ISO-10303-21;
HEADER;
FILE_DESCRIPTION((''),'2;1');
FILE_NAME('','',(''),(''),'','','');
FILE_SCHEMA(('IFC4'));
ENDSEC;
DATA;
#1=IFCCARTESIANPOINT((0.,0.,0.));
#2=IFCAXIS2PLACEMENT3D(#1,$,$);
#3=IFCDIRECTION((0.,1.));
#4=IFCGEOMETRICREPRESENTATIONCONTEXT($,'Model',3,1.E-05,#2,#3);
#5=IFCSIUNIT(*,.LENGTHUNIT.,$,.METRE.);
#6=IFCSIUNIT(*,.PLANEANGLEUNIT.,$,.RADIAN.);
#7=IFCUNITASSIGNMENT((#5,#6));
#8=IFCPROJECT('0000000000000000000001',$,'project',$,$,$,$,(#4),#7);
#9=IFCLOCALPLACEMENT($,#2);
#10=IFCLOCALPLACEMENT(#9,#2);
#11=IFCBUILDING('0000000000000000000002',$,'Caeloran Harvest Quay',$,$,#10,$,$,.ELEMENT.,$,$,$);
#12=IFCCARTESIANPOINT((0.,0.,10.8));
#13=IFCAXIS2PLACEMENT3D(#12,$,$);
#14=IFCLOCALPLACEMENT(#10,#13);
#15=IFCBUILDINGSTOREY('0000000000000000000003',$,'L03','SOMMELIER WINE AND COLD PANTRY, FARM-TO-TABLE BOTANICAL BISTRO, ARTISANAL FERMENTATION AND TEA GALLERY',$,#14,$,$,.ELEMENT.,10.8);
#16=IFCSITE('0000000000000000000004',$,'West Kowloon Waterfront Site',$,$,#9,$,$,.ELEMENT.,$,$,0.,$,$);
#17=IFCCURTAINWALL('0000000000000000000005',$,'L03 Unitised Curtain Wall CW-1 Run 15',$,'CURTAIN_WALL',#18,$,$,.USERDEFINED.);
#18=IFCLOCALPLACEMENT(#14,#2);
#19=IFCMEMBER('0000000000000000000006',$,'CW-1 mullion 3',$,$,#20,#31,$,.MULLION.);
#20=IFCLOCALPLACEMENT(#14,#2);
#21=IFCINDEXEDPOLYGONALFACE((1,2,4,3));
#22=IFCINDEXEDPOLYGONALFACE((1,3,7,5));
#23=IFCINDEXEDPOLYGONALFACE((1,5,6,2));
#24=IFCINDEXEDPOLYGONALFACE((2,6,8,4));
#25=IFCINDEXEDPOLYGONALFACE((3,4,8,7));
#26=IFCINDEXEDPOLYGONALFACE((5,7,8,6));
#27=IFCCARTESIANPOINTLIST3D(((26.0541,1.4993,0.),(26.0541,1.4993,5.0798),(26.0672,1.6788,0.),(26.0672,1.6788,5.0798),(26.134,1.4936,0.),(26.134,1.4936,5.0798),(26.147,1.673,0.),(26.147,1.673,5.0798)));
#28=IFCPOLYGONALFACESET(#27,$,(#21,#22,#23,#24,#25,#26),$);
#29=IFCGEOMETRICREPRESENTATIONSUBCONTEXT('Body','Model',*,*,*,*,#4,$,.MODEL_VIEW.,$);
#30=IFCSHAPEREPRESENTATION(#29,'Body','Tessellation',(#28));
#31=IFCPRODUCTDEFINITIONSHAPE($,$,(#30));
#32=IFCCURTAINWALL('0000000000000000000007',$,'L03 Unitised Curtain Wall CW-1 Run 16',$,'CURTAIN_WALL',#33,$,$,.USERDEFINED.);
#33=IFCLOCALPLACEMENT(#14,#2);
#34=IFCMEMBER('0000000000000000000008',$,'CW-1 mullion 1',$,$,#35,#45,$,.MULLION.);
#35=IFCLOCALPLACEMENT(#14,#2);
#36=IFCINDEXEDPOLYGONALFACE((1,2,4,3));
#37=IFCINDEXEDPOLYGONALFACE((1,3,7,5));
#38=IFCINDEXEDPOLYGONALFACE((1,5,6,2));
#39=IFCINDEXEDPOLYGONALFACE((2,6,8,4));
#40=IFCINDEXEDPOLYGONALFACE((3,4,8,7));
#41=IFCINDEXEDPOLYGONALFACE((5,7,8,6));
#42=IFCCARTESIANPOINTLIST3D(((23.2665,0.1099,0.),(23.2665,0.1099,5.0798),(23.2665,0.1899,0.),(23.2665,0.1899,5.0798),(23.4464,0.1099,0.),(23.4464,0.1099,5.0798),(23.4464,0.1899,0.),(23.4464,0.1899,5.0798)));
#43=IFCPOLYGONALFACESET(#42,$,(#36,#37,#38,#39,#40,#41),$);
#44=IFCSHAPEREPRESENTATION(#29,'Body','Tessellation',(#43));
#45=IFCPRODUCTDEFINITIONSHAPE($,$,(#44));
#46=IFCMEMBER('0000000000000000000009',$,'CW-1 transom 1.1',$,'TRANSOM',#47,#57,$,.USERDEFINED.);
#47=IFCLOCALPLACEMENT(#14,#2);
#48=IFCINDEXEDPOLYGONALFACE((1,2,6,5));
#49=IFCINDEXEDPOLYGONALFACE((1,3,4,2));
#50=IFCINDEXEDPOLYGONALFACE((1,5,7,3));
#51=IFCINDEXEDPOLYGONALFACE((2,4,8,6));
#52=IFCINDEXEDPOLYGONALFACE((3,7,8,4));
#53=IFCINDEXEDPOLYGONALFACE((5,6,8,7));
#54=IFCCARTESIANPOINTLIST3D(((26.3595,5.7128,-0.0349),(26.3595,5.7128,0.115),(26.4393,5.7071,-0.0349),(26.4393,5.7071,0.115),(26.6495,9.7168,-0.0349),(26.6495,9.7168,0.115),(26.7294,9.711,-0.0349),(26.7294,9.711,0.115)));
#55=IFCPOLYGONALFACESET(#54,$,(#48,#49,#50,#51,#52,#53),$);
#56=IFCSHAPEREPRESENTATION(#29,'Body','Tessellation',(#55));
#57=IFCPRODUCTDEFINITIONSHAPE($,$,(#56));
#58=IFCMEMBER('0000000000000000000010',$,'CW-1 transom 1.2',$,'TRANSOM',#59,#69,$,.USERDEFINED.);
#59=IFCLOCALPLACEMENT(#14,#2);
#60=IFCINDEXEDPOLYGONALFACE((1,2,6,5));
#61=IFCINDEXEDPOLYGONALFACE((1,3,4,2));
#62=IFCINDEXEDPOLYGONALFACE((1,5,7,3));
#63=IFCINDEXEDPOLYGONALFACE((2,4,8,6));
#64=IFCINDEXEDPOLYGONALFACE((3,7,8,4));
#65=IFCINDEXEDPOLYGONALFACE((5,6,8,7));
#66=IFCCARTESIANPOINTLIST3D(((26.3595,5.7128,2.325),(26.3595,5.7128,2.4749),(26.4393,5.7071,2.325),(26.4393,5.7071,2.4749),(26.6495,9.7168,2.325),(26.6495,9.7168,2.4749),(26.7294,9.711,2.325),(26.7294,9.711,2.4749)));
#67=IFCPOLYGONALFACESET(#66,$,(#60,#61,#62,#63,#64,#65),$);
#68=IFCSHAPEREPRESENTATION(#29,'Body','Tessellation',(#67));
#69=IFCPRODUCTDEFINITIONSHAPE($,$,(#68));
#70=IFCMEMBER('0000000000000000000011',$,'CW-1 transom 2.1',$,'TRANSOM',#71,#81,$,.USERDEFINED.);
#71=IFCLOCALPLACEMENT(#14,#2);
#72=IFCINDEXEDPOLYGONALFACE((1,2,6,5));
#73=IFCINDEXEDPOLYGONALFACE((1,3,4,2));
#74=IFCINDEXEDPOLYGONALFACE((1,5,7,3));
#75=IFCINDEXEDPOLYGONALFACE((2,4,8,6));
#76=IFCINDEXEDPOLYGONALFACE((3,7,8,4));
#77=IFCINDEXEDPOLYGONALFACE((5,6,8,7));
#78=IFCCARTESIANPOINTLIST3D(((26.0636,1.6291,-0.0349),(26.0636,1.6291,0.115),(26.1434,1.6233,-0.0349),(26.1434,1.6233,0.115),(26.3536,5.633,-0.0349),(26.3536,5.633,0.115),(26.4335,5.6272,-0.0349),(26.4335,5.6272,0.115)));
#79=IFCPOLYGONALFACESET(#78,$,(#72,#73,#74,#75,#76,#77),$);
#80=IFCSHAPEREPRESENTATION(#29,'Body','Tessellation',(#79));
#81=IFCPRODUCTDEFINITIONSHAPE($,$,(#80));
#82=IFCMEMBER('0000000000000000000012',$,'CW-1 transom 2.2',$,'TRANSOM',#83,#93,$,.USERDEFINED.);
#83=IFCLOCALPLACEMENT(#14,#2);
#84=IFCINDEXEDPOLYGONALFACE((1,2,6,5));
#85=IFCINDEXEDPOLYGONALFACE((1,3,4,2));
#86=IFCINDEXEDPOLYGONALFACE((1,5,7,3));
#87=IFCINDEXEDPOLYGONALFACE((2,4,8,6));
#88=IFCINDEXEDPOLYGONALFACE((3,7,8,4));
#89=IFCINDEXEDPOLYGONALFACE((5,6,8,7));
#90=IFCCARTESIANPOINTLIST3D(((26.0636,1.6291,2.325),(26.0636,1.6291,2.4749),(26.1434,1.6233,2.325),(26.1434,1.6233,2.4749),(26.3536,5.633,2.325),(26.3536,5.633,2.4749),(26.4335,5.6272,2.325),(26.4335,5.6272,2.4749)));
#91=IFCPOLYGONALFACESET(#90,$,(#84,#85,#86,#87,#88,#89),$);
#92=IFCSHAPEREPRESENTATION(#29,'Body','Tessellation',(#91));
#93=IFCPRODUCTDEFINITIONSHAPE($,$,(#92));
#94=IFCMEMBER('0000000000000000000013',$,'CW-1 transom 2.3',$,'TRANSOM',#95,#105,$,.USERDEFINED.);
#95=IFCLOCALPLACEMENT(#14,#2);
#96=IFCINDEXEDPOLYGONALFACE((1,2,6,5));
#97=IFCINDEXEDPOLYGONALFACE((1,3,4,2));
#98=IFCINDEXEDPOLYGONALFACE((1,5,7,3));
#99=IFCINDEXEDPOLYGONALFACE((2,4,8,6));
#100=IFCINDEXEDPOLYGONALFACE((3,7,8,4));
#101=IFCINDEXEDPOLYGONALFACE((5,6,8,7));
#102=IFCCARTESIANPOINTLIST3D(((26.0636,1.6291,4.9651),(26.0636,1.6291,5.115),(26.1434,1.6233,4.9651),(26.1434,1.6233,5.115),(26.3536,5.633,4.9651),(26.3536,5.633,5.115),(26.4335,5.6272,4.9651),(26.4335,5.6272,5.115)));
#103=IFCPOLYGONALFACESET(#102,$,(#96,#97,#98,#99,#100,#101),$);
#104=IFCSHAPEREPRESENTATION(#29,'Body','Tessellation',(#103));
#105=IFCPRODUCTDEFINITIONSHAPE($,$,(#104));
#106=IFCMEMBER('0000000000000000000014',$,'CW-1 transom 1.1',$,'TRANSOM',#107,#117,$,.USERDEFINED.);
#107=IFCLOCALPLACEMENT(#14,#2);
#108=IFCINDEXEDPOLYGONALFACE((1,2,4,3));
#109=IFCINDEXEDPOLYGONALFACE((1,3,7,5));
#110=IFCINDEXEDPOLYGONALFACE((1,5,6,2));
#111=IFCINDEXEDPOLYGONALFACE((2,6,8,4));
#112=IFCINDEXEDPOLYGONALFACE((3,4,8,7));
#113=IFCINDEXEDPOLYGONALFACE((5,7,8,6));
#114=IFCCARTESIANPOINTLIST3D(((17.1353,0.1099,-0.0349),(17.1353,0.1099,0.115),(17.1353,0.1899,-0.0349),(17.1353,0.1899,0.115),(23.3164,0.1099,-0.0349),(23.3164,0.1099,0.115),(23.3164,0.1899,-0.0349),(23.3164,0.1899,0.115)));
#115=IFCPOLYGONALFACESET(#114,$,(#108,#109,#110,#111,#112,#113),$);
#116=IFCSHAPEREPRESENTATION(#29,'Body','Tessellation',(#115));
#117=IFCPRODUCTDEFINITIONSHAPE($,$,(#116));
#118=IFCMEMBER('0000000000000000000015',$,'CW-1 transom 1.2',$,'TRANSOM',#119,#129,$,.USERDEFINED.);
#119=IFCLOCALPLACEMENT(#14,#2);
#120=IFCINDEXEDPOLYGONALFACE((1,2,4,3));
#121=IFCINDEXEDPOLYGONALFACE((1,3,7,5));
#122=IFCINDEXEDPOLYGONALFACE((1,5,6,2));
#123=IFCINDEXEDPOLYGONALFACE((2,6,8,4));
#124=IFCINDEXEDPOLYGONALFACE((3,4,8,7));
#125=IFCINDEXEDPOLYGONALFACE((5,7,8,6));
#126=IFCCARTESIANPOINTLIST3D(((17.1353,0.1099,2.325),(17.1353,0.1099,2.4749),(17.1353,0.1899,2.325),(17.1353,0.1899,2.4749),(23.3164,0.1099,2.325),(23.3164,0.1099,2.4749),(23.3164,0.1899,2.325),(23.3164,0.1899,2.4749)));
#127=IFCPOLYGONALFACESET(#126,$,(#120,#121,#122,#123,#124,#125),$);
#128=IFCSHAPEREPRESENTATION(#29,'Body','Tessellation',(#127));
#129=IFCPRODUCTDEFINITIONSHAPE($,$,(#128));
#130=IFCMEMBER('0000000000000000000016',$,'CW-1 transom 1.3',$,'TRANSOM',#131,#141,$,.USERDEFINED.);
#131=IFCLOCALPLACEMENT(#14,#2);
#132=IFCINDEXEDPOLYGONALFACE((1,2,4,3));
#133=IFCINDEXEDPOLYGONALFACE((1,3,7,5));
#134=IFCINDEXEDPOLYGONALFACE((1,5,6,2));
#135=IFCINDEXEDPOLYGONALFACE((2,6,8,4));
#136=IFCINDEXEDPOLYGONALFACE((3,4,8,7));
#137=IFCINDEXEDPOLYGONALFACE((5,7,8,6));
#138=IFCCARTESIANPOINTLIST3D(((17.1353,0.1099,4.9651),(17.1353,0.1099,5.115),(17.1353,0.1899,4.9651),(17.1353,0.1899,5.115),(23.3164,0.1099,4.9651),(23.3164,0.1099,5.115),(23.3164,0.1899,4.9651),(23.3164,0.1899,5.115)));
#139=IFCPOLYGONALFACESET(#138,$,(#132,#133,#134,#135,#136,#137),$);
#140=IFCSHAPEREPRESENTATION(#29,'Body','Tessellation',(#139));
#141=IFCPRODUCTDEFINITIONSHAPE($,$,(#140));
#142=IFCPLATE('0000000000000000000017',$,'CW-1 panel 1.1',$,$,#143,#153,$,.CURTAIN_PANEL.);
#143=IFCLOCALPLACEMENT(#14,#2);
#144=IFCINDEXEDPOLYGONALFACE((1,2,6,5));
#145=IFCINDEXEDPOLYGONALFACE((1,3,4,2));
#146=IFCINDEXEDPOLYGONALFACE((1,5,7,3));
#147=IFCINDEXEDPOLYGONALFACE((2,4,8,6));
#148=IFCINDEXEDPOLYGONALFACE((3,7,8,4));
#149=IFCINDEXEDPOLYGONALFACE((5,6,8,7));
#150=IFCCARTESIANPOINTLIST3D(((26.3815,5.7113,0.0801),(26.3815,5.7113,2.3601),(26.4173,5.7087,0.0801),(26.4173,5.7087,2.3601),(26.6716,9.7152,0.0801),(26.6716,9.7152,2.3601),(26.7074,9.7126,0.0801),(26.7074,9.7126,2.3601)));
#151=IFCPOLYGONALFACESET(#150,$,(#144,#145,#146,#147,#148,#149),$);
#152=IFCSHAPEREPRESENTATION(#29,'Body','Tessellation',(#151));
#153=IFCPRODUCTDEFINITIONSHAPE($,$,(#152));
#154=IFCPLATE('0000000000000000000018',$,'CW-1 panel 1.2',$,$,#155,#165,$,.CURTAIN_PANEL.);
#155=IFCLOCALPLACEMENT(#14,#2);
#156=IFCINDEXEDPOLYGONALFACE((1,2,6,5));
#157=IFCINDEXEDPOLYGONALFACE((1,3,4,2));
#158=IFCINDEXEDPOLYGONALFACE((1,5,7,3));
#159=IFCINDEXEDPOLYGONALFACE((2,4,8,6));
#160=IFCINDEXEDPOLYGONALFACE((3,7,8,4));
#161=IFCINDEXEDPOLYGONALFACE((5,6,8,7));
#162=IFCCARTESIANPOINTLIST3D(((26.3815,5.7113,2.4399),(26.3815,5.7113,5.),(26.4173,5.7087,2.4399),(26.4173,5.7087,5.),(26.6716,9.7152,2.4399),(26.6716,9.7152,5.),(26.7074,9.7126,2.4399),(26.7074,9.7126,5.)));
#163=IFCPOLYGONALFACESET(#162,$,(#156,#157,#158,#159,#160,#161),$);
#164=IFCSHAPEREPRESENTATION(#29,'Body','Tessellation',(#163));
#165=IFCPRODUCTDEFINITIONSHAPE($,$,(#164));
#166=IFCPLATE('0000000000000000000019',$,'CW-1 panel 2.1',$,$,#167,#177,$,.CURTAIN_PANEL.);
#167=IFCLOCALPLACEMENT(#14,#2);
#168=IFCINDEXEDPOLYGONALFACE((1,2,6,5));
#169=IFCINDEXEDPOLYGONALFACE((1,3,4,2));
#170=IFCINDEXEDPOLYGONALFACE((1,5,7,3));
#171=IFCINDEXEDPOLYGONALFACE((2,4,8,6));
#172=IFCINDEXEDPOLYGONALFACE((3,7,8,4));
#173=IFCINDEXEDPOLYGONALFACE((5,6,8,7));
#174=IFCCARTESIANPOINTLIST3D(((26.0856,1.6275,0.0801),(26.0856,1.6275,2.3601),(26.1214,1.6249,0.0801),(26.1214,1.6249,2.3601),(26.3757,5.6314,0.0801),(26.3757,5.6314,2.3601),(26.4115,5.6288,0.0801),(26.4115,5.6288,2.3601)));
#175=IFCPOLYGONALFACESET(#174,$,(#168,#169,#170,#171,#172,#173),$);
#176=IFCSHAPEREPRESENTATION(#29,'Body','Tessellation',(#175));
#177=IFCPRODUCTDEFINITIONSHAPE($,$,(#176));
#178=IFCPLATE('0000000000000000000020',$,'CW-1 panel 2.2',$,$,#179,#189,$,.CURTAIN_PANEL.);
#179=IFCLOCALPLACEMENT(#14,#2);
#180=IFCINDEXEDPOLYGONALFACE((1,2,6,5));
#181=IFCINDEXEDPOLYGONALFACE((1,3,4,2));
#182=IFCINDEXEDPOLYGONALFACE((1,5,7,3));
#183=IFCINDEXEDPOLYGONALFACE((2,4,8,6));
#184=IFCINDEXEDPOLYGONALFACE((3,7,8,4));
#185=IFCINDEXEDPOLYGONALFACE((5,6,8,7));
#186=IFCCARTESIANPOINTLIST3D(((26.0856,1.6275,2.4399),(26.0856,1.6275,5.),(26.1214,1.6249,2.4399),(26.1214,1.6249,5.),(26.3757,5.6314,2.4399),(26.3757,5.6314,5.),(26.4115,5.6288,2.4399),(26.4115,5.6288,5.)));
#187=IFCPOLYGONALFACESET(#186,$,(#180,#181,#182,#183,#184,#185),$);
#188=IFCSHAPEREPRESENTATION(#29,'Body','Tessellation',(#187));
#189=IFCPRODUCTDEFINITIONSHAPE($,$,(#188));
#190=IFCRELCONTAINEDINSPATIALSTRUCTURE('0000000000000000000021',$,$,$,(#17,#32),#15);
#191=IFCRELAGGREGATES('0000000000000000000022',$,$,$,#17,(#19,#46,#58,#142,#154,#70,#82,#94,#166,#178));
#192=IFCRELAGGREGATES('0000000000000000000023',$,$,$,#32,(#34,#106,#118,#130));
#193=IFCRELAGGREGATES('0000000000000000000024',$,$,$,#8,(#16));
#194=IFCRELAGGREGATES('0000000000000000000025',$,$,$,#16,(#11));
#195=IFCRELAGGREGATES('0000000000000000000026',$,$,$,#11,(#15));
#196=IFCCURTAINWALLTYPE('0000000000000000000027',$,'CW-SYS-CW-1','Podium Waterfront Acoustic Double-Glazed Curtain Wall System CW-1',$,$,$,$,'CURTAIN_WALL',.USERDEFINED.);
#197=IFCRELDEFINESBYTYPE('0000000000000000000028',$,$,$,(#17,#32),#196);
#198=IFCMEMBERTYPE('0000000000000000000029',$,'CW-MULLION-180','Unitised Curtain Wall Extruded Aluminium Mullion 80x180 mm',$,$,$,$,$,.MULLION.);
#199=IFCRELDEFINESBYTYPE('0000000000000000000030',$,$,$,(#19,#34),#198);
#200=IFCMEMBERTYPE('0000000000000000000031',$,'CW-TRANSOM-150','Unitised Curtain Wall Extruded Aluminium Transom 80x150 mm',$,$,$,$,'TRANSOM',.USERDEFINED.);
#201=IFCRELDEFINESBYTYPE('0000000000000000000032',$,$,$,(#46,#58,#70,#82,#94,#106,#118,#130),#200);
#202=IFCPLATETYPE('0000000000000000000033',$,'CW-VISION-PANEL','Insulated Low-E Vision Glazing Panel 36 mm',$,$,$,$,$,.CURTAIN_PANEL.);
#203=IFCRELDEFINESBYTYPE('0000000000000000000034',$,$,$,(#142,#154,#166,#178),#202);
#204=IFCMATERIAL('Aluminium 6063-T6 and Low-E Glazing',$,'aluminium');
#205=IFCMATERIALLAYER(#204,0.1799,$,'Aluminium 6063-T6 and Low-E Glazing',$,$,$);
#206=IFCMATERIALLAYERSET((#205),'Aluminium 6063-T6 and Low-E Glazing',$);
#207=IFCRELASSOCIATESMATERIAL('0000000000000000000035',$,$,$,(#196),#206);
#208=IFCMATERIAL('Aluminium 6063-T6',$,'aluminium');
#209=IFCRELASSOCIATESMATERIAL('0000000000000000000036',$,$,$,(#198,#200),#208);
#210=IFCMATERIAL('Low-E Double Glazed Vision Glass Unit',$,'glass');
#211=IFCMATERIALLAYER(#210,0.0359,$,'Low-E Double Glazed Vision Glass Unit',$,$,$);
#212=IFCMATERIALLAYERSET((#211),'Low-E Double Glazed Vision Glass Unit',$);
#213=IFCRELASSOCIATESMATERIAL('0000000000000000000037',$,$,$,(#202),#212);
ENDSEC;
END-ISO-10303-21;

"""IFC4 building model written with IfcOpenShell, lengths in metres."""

from ifc_helpers import new_model, si_unit, direction, frame, origin, origin_2d, place, context, subcontext, project, spatial, rectangle, extrude, material, layer, layer_set, material_profile, profile_set, type_object, element, aggregate, save


model = new_model("IFC4")

# Units and contexts
model_context = context("Model", 3, precision=1e-05, world=origin(), true_north=direction((0.0, 1.0)))
body_context = subcontext(model_context, "Body", "Model", "MODEL_VIEW")
ifc_project = project(units=[si_unit("LENGTHUNIT", "METRE"), si_unit("PLANEANGLEUNIT", "RADIAN")], contexts=[model_context])

# Site, building, storey
site_placement = place(None, origin())
site = spatial("IfcSite", under=ifc_project, at=site_placement, Name="West Kowloon Waterfront Site", CompositionType="ELEMENT", RefElevation=0.0)
building_placement = place(site_placement, origin())
building = spatial("IfcBuilding", under=site, at=building_placement, Name="Caeloran Harvest Quay", CompositionType="ELEMENT")
storey_placement = place(building_placement, frame((0.0, 0.0, 10.8)))
storey = spatial("IfcBuildingStorey", under=building, at=storey_placement, Name="L03", Description="SOMMELIER WINE AND COLD PANTRY, FARM-TO-TABLE BOTANICAL BISTRO, ARTISANAL FERMENTATION AND TEA GALLERY", CompositionType="ELEMENT", Elevation=10.8)

# Curtain wall, member
ifc_material_1 = material(Name="Aluminium 6063-T6 and Low-E Glazing", Category="aluminium")
ifc_layer_1 = layer(ifc_material_1, 0.1799, Name="Aluminium 6063-T6 and Low-E Glazing")
ifc_layer_set_1 = layer_set([ifc_layer_1], Name="Aluminium 6063-T6 and Low-E Glazing")
curtain_wall_type = type_object("IfcCurtainWallType", Name="CW-SYS-CW-1", Description="Podium Waterfront Acoustic Double-Glazed Curtain Wall System CW-1", ElementType="CURTAIN_WALL", PredefinedType="USERDEFINED", material=ifc_layer_set_1)
curtain_wall_1_placement = place(storey_placement, origin())
curtain_wall_1 = element("IfcCurtainWall", 1, at=curtain_wall_1_placement, inside=storey, type_object=curtain_wall_type, Name="L03 Unitised Curtain Wall CW-1 Run 15", ObjectType="CURTAIN_WALL", PredefinedType="USERDEFINED")
ifc_material_2 = material(Name="Aluminium 6063-T6", Category="aluminium")
ifc_material_profile_1 = material_profile(ifc_material_2, rectangle(XDim=0.0801, YDim=0.1799, at=origin_2d()), Name="CW-MULLION-180")
ifc_profile_set_1 = profile_set([ifc_material_profile_1], Name="Aluminium 6063-T6")
member_type_1 = type_object("IfcMemberType", Name="CW-MULLION-180", Description="Unitised Curtain Wall Extruded Aluminium Mullion 80x180 mm", PredefinedType="MULLION", material=ifc_profile_set_1)
member_1_placement = place(storey_placement, frame((26.1006, 1.5862, 0.0), z_axis=(0.0, 0.0, 1.0), x_axis=(0.997385, -0.072271, 0.0)))
member_1 = element("IfcMember", 2, at=member_1_placement, type_object=member_type_1, Name="CW-1 mullion 3", PredefinedType="MULLION", context=body_context, shape_type="SweptSolid", body=[
    extrude(rectangle(XDim=0.0801, YDim=0.1799, at=origin_2d()), origin(), (0.0, 0.0, 1.0), 5.0798),
])

# Curtain wall, member
curtain_wall_2_placement = place(storey_placement, origin())
curtain_wall_2 = element("IfcCurtainWall", 3, at=curtain_wall_2_placement, inside=storey, type_object=curtain_wall_type, Name="L03 Unitised Curtain Wall CW-1 Run 16", ObjectType="CURTAIN_WALL", PredefinedType="USERDEFINED")
member_2_placement = place(storey_placement, frame((23.3564, 0.1499, 0.0), z_axis=(0.0, 0.0, 1.0), x_axis=(0.0, -1.0, 0.0)))
member_2 = element("IfcMember", 4, at=member_2_placement, type_object=member_type_1, Name="CW-1 mullion 1", PredefinedType="MULLION", context=body_context, shape_type="SweptSolid", body=[
    extrude(rectangle(XDim=0.0801, YDim=0.1799, at=origin_2d()), origin(), (0.0, 0.0, 1.0), 5.0798),
])

# Members
ifc_material_profile_2 = material_profile(ifc_material_2, rectangle(XDim=0.0801, YDim=0.1499, at=origin_2d()), Name="CW-TRANSOM-150")
ifc_profile_set_2 = profile_set([ifc_material_profile_2], Name="Aluminium 6063-T6")
member_type_2 = type_object("IfcMemberType", Name="CW-TRANSOM-150", Description="Unitised Curtain Wall Extruded Aluminium Transom 80x150 mm", ElementType="TRANSOM", PredefinedType="USERDEFINED", material=ifc_profile_set_2)
member_3_placement = place(storey_placement, frame((26.6895, 9.7139, 0.04), z_axis=(-0.07225, -0.997387, 0.0), x_axis=(0.997387, -0.07225, 0.0)))
member_3 = element("IfcMember", 5, at=member_3_placement, type_object=member_type_2, Name="CW-1 transom 1.1", ObjectType="TRANSOM", PredefinedType="USERDEFINED", context=body_context, shape_type="SweptSolid", body=[
    extrude(rectangle(XDim=0.0801, YDim=0.1499, at=origin_2d()), origin(), (0.0, 0.0, 1.0), 4.0144),
])
member_4_placement = place(storey_placement, frame((26.6895, 9.7139, 2.3999), z_axis=(-0.07225, -0.997387, 0.0), x_axis=(0.997387, -0.07225, 0.0)))
member_4 = element("IfcMember", 6, at=member_4_placement, type_object=member_type_2, Name="CW-1 transom 1.2", ObjectType="TRANSOM", PredefinedType="USERDEFINED", context=body_context, shape_type="SweptSolid", body=[
    extrude(rectangle(XDim=0.0801, YDim=0.1499, at=origin_2d()), origin(), (0.0, 0.0, 1.0), 4.0144),
])
member_5_placement = place(storey_placement, frame((26.3936, 5.6301, 0.04), z_axis=(-0.07225, -0.997387, 0.0), x_axis=(0.997387, -0.07225, 0.0)))
member_5 = element("IfcMember", 7, at=member_5_placement, type_object=member_type_2, Name="CW-1 transom 2.1", ObjectType="TRANSOM", PredefinedType="USERDEFINED", context=body_context, shape_type="SweptSolid", body=[
    extrude(rectangle(XDim=0.0801, YDim=0.1499, at=origin_2d()), origin(), (0.0, 0.0, 1.0), 4.0144),
])
member_6_placement = place(storey_placement, frame((26.3936, 5.6301, 2.3999), z_axis=(-0.07225, -0.997387, 0.0), x_axis=(0.997387, -0.07225, 0.0)))
member_6 = element("IfcMember", 8, at=member_6_placement, type_object=member_type_2, Name="CW-1 transom 2.2", ObjectType="TRANSOM", PredefinedType="USERDEFINED", context=body_context, shape_type="SweptSolid", body=[
    extrude(rectangle(XDim=0.0801, YDim=0.1499, at=origin_2d()), origin(), (0.0, 0.0, 1.0), 4.0144),
])
member_7_placement = place(storey_placement, frame((26.3936, 5.6301, 5.04), z_axis=(-0.07225, -0.997387, 0.0), x_axis=(0.997387, -0.07225, 0.0)))
member_7 = element("IfcMember", 9, at=member_7_placement, type_object=member_type_2, Name="CW-1 transom 2.3", ObjectType="TRANSOM", PredefinedType="USERDEFINED", context=body_context, shape_type="SweptSolid", body=[
    extrude(rectangle(XDim=0.0801, YDim=0.1499, at=origin_2d()), origin(), (0.0, 0.0, 1.0), 4.0144),
])
member_8_placement = place(storey_placement, frame((23.3164, 0.1499, 0.04), z_axis=(-1.0, 0.0, 0.0), x_axis=(0.0, -1.0, 0.0)))
member_8 = element("IfcMember", 10, at=member_8_placement, type_object=member_type_2, Name="CW-1 transom 1.1", ObjectType="TRANSOM", PredefinedType="USERDEFINED", context=body_context, shape_type="SweptSolid", body=[
    extrude(rectangle(XDim=0.0801, YDim=0.1499, at=origin_2d()), origin(), (0.0, 0.0, 1.0), 6.1812),
])
member_9_placement = place(storey_placement, frame((23.3164, 0.1499, 2.3999), z_axis=(-1.0, 0.0, 0.0), x_axis=(0.0, -1.0, 0.0)))
member_9 = element("IfcMember", 11, at=member_9_placement, type_object=member_type_2, Name="CW-1 transom 1.2", ObjectType="TRANSOM", PredefinedType="USERDEFINED", context=body_context, shape_type="SweptSolid", body=[
    extrude(rectangle(XDim=0.0801, YDim=0.1499, at=origin_2d()), origin(), (0.0, 0.0, 1.0), 6.1812),
])
member_10_placement = place(storey_placement, frame((23.3164, 0.1499, 5.04), z_axis=(-1.0, 0.0, 0.0), x_axis=(0.0, -1.0, 0.0)))
member_10 = element("IfcMember", 12, at=member_10_placement, type_object=member_type_2, Name="CW-1 transom 1.3", ObjectType="TRANSOM", PredefinedType="USERDEFINED", context=body_context, shape_type="SweptSolid", body=[
    extrude(rectangle(XDim=0.0801, YDim=0.1499, at=origin_2d()), origin(), (0.0, 0.0, 1.0), 6.1812),
])

# Plates
ifc_material_3 = material(Name="Low-E Double Glazed Vision Glass Unit", Category="glass")
ifc_layer_2 = layer(ifc_material_3, 0.0359, Name="Low-E Double Glazed Vision Glass Unit")
ifc_layer_set_2 = layer_set([ifc_layer_2], Name="Low-E Double Glazed Vision Glass Unit")
plate_type = type_object("IfcPlateType", Name="CW-VISION-PANEL", Description="Insulated Low-E Vision Glazing Panel 36 mm", PredefinedType="CURTAIN_PANEL", material=ifc_layer_set_2)
plate_1_placement = place(storey_placement, frame((26.5444, 7.7119, 0.0801), z_axis=(0.0, 0.0, 1.0), x_axis=(-0.072271, -0.997385, 0.0)))
plate_1 = element("IfcPlate", 13, at=plate_1_placement, type_object=plate_type, Name="CW-1 panel 1.1", PredefinedType="CURTAIN_PANEL", context=body_context, shape_type="SweptSolid", body=[
    extrude(rectangle(XDim=4.0144, YDim=0.0359, at=origin_2d()), origin(), (0.0, 0.0, 1.0), 2.28),
])
plate_2_placement = place(storey_placement, frame((26.5444, 7.7119, 2.4399), z_axis=(0.0, 0.0, 1.0), x_axis=(-0.072271, -0.997385, 0.0)))
plate_2 = element("IfcPlate", 14, at=plate_2_placement, type_object=plate_type, Name="CW-1 panel 1.2", PredefinedType="CURTAIN_PANEL", context=body_context, shape_type="SweptSolid", body=[
    extrude(rectangle(XDim=4.0144, YDim=0.0359, at=origin_2d()), origin(), (0.0, 0.0, 1.0), 2.5601),
])
plate_3_placement = place(storey_placement, frame((26.2485, 3.6282, 0.0801), z_axis=(0.0, 0.0, 1.0), x_axis=(-0.072271, -0.997385, 0.0)))
plate_3 = element("IfcPlate", 15, at=plate_3_placement, type_object=plate_type, Name="CW-1 panel 2.1", PredefinedType="CURTAIN_PANEL", context=body_context, shape_type="SweptSolid", body=[
    extrude(rectangle(XDim=4.0144, YDim=0.0359, at=origin_2d()), origin(), (0.0, 0.0, 1.0), 2.28),
])
plate_4_placement = place(storey_placement, frame((26.2485, 3.6282, 2.4399), z_axis=(0.0, 0.0, 1.0), x_axis=(-0.072271, -0.997385, 0.0)))
plate_4 = element("IfcPlate", 16, at=plate_4_placement, type_object=plate_type, Name="CW-1 panel 2.2", PredefinedType="CURTAIN_PANEL", context=body_context, shape_type="SweptSolid", body=[
    extrude(rectangle(XDim=4.0144, YDim=0.0359, at=origin_2d()), origin(), (0.0, 0.0, 1.0), 2.5601),
])
aggregate(curtain_wall_1, [member_1, member_3, member_4, plate_1, plate_2, member_5, member_6, member_7, plate_3, plate_4])
aggregate(curtain_wall_2, [member_2, member_8, member_9, member_10])

save(model, "model.ifc")
